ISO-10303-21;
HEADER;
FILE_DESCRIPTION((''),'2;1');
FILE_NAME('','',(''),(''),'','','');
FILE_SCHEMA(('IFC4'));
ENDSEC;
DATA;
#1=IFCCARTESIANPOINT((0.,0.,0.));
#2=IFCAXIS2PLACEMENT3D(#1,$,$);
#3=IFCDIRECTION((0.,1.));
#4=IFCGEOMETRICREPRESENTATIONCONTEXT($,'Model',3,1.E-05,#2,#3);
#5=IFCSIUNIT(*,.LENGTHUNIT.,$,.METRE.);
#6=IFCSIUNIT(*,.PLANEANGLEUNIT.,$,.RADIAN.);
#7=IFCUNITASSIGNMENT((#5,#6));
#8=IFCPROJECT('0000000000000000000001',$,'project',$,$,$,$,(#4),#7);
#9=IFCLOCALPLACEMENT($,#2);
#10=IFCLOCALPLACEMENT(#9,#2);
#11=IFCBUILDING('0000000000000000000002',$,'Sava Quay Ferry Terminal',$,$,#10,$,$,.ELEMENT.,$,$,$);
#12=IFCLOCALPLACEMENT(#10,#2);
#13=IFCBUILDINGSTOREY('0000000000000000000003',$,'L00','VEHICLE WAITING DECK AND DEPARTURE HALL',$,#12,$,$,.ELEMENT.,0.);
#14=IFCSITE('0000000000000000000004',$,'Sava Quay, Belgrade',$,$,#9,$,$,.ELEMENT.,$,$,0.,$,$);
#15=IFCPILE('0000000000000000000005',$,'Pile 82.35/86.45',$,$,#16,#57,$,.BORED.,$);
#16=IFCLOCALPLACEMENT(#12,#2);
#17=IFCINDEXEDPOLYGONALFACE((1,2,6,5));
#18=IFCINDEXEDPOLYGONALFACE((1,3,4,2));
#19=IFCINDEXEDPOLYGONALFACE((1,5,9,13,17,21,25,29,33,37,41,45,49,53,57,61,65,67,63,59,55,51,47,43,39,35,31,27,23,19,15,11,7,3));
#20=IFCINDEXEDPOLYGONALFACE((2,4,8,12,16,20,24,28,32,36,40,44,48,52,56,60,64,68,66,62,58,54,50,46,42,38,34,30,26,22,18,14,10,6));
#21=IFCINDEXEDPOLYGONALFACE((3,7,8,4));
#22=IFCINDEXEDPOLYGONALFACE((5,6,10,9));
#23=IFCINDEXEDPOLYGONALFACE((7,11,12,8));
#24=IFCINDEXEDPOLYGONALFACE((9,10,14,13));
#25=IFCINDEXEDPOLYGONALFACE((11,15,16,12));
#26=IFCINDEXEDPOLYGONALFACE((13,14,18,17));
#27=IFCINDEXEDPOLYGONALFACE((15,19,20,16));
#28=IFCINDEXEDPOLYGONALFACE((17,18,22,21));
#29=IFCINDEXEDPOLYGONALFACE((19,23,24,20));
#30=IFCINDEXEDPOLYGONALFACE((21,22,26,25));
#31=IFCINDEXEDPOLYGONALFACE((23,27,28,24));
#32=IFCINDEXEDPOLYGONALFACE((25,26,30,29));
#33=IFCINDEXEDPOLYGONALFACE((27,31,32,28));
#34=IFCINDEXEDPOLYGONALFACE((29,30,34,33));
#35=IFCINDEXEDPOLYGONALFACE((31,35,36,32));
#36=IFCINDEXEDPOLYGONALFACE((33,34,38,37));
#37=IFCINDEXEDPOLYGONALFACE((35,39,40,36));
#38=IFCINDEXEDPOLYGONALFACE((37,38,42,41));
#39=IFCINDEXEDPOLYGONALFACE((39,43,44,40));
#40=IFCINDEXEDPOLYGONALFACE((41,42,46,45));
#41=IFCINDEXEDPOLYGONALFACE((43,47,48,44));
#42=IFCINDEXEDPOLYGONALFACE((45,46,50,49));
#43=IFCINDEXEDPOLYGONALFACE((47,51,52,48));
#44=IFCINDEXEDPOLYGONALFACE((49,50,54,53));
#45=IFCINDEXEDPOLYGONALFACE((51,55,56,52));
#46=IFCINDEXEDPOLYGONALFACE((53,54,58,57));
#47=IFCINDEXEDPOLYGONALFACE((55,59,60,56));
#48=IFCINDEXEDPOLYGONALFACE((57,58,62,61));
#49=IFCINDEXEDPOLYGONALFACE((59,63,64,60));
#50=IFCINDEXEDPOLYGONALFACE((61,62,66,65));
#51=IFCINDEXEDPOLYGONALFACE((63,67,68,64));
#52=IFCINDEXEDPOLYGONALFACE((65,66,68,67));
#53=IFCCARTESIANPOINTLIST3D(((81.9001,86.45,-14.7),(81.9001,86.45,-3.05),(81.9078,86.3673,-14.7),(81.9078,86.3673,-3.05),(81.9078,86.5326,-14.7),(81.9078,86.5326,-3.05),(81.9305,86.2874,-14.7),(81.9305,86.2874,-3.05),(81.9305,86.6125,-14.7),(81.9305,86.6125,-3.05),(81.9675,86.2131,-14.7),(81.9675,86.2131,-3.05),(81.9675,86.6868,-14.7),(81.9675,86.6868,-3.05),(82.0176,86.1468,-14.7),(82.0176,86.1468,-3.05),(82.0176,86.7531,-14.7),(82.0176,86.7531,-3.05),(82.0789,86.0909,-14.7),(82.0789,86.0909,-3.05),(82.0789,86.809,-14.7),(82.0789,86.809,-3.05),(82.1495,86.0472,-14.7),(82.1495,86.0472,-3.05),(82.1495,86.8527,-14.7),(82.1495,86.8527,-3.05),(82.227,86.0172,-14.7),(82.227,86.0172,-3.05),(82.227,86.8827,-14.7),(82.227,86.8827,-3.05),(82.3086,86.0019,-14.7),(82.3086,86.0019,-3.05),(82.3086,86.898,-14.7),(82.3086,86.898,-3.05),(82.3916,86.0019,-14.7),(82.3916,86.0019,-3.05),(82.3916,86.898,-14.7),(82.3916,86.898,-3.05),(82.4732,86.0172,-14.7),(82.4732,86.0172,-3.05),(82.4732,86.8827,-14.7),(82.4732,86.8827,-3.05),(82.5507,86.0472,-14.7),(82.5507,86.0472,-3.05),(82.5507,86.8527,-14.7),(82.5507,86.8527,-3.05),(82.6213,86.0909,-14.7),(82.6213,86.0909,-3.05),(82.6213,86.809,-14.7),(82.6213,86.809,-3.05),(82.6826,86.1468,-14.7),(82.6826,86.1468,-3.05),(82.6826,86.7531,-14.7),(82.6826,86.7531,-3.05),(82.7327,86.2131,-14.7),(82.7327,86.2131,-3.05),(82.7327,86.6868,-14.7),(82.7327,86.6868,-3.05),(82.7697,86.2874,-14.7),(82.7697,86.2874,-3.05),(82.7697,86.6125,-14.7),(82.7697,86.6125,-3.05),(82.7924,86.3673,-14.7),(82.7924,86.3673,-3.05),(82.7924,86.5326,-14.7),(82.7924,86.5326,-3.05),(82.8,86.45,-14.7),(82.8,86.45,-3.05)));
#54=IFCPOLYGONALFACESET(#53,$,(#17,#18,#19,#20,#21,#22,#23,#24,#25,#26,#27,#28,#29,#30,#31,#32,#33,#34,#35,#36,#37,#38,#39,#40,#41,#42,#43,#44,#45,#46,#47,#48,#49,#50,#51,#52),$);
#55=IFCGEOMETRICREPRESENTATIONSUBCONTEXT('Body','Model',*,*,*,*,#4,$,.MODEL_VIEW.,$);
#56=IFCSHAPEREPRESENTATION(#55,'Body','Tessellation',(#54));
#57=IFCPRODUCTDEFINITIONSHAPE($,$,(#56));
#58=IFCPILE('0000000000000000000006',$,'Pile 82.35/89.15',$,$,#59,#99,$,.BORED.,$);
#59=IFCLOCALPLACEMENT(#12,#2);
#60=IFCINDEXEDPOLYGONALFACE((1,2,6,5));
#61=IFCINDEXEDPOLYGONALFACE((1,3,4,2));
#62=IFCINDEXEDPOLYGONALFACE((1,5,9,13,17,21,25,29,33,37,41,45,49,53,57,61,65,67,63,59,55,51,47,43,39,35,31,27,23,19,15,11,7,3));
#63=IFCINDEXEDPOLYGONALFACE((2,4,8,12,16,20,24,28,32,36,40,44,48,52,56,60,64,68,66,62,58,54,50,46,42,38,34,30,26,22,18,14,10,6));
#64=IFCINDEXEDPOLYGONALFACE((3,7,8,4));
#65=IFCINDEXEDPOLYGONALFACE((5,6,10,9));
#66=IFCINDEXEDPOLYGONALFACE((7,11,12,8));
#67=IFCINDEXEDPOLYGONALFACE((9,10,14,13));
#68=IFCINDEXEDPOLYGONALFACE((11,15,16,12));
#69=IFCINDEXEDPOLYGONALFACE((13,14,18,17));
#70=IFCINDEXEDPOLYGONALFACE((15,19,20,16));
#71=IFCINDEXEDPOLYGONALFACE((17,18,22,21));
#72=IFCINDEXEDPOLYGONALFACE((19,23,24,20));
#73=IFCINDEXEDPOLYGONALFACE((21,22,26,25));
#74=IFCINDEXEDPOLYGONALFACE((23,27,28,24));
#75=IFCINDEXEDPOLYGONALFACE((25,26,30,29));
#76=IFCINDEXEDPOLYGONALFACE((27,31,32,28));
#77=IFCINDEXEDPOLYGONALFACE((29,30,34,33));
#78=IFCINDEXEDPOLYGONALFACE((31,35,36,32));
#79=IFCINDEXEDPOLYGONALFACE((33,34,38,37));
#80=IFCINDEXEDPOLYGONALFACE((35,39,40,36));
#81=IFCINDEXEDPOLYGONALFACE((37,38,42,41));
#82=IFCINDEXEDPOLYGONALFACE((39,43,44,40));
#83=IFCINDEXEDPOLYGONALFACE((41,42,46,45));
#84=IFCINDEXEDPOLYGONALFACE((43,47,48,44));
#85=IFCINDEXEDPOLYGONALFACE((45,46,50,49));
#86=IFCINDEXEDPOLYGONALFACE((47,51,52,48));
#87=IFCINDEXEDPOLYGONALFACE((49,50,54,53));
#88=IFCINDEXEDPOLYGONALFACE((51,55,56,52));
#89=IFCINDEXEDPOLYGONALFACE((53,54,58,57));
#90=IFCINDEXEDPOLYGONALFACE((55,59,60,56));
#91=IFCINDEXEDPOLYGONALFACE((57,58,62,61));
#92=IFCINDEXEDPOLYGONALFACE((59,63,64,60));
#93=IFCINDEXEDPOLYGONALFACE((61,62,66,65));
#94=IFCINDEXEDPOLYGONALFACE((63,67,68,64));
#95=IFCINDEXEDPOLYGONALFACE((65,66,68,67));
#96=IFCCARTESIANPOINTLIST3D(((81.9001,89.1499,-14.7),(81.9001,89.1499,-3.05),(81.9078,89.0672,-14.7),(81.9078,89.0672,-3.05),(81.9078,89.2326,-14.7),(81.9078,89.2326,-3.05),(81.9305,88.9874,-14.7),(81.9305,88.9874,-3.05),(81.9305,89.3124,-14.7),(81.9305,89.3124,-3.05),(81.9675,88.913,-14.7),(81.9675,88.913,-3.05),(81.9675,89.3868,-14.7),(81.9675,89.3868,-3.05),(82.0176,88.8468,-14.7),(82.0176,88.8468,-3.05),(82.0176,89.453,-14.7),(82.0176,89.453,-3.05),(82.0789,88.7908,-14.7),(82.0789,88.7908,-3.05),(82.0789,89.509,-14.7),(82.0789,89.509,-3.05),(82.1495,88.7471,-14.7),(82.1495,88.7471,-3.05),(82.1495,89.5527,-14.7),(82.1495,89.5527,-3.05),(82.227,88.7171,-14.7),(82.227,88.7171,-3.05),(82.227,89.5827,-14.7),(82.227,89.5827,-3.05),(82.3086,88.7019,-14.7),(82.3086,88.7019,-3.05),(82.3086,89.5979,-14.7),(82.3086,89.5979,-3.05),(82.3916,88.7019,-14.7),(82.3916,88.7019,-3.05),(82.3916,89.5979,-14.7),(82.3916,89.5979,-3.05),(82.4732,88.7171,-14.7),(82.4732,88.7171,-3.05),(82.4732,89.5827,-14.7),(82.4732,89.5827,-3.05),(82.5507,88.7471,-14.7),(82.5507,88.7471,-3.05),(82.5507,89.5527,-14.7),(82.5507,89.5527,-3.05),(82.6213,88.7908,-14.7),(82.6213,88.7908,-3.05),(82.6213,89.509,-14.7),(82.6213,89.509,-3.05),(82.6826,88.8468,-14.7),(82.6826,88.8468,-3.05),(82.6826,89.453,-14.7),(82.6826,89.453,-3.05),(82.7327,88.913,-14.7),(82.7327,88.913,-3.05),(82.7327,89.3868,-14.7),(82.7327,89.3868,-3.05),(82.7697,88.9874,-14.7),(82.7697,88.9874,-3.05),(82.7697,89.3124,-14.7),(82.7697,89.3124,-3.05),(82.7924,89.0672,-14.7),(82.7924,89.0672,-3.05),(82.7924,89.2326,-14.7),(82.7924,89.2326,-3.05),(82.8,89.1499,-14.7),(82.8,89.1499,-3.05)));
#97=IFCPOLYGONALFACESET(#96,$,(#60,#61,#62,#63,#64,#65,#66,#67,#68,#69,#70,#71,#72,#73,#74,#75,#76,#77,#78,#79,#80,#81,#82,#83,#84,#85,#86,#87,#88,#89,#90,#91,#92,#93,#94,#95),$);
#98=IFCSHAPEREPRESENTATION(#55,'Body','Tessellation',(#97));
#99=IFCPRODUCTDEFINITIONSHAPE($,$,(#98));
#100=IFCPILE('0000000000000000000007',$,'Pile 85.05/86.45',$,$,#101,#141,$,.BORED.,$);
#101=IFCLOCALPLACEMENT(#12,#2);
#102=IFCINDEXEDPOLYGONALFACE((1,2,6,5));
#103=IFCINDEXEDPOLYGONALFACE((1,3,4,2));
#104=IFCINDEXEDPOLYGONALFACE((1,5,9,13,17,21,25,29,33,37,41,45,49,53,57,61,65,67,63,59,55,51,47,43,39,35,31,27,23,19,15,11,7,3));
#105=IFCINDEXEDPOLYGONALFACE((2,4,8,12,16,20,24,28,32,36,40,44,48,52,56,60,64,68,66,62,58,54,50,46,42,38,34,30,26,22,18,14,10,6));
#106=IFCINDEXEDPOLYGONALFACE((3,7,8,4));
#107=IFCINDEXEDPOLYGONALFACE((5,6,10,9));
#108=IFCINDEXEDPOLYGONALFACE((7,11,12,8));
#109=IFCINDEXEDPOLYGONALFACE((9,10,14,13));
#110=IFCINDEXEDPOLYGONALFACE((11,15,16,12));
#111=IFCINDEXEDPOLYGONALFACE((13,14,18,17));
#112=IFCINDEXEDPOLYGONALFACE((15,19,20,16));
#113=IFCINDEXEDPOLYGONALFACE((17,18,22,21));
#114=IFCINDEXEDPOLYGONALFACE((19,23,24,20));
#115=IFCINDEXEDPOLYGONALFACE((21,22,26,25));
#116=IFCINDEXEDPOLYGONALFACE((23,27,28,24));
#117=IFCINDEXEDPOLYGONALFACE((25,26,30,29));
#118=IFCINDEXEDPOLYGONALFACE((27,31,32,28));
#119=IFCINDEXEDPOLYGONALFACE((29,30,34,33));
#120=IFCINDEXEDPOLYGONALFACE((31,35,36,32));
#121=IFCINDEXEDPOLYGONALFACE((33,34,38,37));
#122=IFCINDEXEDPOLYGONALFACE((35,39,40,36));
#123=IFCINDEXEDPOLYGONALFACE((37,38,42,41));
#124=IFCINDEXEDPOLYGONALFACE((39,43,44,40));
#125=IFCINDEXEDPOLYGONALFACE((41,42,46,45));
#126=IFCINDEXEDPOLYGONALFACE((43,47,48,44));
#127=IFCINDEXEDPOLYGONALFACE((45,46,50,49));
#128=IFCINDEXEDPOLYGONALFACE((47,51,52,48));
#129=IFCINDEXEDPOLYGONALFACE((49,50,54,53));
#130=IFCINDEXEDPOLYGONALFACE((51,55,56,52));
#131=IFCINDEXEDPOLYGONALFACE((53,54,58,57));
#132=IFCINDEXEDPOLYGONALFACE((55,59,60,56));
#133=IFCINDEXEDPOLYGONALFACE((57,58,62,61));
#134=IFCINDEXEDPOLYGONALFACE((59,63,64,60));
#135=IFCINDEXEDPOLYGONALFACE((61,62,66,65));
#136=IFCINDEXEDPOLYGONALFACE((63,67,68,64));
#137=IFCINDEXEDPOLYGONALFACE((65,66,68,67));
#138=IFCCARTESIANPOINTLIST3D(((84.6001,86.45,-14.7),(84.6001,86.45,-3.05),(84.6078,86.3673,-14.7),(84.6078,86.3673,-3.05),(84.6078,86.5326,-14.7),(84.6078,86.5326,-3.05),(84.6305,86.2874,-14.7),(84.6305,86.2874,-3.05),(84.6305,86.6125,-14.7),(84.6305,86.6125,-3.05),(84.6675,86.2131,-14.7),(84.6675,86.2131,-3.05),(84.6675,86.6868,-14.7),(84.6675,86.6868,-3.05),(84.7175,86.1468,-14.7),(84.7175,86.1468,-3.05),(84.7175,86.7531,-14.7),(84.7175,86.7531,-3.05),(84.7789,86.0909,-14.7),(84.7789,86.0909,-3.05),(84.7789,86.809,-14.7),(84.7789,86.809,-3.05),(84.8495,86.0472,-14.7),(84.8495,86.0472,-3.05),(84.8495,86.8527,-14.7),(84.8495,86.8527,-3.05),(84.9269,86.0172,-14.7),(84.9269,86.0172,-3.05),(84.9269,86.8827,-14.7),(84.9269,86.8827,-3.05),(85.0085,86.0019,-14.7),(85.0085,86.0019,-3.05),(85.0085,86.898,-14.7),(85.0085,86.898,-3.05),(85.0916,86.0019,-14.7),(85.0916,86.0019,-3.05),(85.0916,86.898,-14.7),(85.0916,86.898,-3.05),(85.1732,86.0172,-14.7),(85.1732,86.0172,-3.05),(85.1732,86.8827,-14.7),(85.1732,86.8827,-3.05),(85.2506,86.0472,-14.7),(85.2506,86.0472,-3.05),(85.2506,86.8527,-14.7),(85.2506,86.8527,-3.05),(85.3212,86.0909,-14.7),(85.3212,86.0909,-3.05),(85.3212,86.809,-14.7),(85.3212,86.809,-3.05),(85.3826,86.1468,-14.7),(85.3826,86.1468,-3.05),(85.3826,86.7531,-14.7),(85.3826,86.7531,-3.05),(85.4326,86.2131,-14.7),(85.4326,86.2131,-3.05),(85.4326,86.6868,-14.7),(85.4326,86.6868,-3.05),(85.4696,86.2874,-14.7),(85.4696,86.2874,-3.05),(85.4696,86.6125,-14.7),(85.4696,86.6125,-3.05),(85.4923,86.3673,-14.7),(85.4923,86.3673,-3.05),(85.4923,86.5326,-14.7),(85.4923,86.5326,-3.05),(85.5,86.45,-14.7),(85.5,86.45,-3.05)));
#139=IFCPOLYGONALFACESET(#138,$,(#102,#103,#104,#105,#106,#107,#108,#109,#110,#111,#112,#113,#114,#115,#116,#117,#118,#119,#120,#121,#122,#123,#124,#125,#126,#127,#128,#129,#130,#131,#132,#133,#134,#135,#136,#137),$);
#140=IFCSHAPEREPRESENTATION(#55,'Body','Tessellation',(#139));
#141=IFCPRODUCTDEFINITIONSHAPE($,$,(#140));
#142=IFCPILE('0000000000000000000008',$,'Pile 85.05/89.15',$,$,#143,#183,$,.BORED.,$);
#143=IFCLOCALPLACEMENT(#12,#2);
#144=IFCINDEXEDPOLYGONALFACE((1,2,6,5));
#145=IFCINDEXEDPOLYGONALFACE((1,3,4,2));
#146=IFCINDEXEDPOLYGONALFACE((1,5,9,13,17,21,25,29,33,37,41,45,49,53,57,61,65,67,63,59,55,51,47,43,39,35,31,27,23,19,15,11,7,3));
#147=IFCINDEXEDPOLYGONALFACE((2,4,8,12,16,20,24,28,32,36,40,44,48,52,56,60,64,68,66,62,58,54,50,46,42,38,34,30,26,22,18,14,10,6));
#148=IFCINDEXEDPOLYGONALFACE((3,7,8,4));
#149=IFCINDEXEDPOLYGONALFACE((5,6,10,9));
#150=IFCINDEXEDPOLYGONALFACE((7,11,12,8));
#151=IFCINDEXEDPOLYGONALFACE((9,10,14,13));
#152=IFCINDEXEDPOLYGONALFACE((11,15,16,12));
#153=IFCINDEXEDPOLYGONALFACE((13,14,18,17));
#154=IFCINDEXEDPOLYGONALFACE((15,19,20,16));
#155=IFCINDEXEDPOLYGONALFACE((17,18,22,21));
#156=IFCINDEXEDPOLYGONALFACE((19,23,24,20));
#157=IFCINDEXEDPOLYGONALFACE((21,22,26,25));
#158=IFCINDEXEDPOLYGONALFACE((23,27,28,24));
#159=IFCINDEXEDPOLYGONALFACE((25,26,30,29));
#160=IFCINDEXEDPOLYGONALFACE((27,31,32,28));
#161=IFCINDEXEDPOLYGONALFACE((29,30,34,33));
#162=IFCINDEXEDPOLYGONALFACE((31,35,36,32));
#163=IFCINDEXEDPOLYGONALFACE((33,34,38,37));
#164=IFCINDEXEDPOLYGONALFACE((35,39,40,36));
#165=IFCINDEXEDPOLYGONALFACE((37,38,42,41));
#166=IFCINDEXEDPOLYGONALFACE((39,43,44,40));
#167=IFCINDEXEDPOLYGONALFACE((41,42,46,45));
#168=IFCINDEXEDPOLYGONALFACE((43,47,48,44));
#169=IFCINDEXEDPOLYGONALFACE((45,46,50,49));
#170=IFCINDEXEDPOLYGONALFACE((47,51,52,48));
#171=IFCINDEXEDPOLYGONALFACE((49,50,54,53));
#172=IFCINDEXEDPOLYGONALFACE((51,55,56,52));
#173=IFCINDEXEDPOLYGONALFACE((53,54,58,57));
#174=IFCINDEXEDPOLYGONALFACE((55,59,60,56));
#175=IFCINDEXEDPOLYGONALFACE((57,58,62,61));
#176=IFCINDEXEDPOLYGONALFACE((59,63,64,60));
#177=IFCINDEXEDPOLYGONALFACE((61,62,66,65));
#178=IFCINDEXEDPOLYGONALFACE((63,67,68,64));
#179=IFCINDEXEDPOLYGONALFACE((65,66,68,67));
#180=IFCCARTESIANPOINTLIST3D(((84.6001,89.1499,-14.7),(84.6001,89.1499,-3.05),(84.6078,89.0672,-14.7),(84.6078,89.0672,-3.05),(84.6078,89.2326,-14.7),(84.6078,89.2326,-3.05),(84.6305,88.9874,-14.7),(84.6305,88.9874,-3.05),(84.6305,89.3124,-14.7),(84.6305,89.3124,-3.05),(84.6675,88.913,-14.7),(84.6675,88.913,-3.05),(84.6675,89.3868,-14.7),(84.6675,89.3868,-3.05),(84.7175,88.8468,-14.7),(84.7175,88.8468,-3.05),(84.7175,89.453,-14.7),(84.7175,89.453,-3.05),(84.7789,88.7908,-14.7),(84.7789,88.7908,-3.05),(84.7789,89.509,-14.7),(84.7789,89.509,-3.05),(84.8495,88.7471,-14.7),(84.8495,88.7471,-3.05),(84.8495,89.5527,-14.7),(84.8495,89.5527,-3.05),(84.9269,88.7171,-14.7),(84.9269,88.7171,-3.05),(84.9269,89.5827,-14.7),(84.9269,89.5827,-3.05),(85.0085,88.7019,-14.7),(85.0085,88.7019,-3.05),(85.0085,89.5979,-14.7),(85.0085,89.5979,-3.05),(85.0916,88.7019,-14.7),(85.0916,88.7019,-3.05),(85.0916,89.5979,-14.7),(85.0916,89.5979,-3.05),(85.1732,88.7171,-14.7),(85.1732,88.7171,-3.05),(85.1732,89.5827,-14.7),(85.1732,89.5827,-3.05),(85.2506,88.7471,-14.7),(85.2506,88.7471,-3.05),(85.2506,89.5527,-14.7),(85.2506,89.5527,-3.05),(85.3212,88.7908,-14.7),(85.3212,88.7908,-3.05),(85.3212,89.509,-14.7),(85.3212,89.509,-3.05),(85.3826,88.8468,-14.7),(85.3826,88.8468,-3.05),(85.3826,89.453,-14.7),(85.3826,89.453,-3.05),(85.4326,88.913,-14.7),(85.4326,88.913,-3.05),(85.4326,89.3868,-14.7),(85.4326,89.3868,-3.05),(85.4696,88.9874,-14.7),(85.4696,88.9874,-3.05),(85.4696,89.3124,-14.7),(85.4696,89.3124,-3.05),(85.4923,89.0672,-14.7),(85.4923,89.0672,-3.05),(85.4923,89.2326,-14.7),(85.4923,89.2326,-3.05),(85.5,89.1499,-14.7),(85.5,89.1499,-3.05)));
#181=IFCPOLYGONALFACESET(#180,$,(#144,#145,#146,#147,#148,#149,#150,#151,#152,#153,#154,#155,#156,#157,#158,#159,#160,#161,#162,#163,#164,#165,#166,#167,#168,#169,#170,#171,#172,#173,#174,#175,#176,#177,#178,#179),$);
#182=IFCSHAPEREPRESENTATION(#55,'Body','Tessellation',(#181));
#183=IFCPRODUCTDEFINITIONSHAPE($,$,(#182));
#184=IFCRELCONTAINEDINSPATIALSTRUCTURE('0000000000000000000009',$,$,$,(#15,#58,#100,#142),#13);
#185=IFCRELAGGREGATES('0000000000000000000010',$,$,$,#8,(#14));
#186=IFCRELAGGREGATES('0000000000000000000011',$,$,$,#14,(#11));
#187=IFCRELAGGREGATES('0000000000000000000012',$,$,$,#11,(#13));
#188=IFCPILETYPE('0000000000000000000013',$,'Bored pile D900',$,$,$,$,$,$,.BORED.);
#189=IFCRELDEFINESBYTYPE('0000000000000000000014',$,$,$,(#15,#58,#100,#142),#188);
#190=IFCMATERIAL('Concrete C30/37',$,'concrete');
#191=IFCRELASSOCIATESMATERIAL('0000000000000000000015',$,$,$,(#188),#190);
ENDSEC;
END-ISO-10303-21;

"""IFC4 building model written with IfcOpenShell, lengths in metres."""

from ifc_helpers import new_model, si_unit, direction, frame, origin, origin_2d, place, context, subcontext, project, spatial, circle, extrude, material, material_profile, profile_set, type_object, element, save


model = new_model("IFC4")

# Units and contexts
model_context = context("Model", 3, precision=1e-05, world=origin(), true_north=direction((0.0, 1.0)))
body_context = subcontext(model_context, "Body", "Model", "MODEL_VIEW")
ifc_project = project(units=[si_unit("LENGTHUNIT", "METRE"), si_unit("PLANEANGLEUNIT", "RADIAN")], contexts=[model_context])

# Site, building, storey
site_placement = place(None, origin())
site = spatial("IfcSite", under=ifc_project, at=site_placement, Name="Sava Quay, Belgrade", CompositionType="ELEMENT", RefElevation=0.0)
building_placement = place(site_placement, origin())
building = spatial("IfcBuilding", under=site, at=building_placement, Name="Sava Quay Ferry Terminal", CompositionType="ELEMENT")
storey_placement = place(building_placement, origin())
storey = spatial("IfcBuildingStorey", under=building, at=storey_placement, Name="L00", Description="VEHICLE WAITING DECK AND DEPARTURE HALL", CompositionType="ELEMENT", Elevation=0.0)

# Piles
ifc_material_1 = material(Name="Concrete C30/37", Category="concrete")
ifc_material_profile_1 = material_profile(ifc_material_1, circle(Radius=0.45, at=origin_2d()), Name="Bored pile D900")
ifc_profile_set_1 = profile_set([ifc_material_profile_1], Name="Concrete C30/37")
pile_type = type_object("IfcPileType", Name="Bored pile D900", PredefinedType="BORED", material=ifc_profile_set_1)
for number, where, z_axis, x_axis, name in (
    (1, (82.3501, 86.45, -3.05), (0.0, 0.0, -1.0), (1.0, 0.0, 0.0), "Pile 82.35/86.45"),
    (2, (82.3501, 89.1499, -3.05), (0.0, 0.0, -1.0), (1.0, 0.0, 0.0), "Pile 82.35/89.15"),
    (3, (85.05, 86.45, -3.05), (0.0, 0.0, -1.0), (1.0, 0.0, 0.0), "Pile 85.05/86.45"),
    (4, (85.05, 89.1499, -3.05), (0.0, 0.0, -1.0), (1.0, 0.0, 0.0), "Pile 85.05/89.15"),
):
    element("IfcPile", number, at=place(storey_placement, frame(where, z_axis=z_axis, x_axis=x_axis)), inside=storey, type_object=pile_type, Name=name, PredefinedType="BORED", context=body_context, shape_type="SweptSolid", body=[
        extrude(circle(Radius=0.45, at=origin_2d()), origin(), (0.0, 0.0, 1.0), 11.6499),
    ])

save(model, "model.ifc")
